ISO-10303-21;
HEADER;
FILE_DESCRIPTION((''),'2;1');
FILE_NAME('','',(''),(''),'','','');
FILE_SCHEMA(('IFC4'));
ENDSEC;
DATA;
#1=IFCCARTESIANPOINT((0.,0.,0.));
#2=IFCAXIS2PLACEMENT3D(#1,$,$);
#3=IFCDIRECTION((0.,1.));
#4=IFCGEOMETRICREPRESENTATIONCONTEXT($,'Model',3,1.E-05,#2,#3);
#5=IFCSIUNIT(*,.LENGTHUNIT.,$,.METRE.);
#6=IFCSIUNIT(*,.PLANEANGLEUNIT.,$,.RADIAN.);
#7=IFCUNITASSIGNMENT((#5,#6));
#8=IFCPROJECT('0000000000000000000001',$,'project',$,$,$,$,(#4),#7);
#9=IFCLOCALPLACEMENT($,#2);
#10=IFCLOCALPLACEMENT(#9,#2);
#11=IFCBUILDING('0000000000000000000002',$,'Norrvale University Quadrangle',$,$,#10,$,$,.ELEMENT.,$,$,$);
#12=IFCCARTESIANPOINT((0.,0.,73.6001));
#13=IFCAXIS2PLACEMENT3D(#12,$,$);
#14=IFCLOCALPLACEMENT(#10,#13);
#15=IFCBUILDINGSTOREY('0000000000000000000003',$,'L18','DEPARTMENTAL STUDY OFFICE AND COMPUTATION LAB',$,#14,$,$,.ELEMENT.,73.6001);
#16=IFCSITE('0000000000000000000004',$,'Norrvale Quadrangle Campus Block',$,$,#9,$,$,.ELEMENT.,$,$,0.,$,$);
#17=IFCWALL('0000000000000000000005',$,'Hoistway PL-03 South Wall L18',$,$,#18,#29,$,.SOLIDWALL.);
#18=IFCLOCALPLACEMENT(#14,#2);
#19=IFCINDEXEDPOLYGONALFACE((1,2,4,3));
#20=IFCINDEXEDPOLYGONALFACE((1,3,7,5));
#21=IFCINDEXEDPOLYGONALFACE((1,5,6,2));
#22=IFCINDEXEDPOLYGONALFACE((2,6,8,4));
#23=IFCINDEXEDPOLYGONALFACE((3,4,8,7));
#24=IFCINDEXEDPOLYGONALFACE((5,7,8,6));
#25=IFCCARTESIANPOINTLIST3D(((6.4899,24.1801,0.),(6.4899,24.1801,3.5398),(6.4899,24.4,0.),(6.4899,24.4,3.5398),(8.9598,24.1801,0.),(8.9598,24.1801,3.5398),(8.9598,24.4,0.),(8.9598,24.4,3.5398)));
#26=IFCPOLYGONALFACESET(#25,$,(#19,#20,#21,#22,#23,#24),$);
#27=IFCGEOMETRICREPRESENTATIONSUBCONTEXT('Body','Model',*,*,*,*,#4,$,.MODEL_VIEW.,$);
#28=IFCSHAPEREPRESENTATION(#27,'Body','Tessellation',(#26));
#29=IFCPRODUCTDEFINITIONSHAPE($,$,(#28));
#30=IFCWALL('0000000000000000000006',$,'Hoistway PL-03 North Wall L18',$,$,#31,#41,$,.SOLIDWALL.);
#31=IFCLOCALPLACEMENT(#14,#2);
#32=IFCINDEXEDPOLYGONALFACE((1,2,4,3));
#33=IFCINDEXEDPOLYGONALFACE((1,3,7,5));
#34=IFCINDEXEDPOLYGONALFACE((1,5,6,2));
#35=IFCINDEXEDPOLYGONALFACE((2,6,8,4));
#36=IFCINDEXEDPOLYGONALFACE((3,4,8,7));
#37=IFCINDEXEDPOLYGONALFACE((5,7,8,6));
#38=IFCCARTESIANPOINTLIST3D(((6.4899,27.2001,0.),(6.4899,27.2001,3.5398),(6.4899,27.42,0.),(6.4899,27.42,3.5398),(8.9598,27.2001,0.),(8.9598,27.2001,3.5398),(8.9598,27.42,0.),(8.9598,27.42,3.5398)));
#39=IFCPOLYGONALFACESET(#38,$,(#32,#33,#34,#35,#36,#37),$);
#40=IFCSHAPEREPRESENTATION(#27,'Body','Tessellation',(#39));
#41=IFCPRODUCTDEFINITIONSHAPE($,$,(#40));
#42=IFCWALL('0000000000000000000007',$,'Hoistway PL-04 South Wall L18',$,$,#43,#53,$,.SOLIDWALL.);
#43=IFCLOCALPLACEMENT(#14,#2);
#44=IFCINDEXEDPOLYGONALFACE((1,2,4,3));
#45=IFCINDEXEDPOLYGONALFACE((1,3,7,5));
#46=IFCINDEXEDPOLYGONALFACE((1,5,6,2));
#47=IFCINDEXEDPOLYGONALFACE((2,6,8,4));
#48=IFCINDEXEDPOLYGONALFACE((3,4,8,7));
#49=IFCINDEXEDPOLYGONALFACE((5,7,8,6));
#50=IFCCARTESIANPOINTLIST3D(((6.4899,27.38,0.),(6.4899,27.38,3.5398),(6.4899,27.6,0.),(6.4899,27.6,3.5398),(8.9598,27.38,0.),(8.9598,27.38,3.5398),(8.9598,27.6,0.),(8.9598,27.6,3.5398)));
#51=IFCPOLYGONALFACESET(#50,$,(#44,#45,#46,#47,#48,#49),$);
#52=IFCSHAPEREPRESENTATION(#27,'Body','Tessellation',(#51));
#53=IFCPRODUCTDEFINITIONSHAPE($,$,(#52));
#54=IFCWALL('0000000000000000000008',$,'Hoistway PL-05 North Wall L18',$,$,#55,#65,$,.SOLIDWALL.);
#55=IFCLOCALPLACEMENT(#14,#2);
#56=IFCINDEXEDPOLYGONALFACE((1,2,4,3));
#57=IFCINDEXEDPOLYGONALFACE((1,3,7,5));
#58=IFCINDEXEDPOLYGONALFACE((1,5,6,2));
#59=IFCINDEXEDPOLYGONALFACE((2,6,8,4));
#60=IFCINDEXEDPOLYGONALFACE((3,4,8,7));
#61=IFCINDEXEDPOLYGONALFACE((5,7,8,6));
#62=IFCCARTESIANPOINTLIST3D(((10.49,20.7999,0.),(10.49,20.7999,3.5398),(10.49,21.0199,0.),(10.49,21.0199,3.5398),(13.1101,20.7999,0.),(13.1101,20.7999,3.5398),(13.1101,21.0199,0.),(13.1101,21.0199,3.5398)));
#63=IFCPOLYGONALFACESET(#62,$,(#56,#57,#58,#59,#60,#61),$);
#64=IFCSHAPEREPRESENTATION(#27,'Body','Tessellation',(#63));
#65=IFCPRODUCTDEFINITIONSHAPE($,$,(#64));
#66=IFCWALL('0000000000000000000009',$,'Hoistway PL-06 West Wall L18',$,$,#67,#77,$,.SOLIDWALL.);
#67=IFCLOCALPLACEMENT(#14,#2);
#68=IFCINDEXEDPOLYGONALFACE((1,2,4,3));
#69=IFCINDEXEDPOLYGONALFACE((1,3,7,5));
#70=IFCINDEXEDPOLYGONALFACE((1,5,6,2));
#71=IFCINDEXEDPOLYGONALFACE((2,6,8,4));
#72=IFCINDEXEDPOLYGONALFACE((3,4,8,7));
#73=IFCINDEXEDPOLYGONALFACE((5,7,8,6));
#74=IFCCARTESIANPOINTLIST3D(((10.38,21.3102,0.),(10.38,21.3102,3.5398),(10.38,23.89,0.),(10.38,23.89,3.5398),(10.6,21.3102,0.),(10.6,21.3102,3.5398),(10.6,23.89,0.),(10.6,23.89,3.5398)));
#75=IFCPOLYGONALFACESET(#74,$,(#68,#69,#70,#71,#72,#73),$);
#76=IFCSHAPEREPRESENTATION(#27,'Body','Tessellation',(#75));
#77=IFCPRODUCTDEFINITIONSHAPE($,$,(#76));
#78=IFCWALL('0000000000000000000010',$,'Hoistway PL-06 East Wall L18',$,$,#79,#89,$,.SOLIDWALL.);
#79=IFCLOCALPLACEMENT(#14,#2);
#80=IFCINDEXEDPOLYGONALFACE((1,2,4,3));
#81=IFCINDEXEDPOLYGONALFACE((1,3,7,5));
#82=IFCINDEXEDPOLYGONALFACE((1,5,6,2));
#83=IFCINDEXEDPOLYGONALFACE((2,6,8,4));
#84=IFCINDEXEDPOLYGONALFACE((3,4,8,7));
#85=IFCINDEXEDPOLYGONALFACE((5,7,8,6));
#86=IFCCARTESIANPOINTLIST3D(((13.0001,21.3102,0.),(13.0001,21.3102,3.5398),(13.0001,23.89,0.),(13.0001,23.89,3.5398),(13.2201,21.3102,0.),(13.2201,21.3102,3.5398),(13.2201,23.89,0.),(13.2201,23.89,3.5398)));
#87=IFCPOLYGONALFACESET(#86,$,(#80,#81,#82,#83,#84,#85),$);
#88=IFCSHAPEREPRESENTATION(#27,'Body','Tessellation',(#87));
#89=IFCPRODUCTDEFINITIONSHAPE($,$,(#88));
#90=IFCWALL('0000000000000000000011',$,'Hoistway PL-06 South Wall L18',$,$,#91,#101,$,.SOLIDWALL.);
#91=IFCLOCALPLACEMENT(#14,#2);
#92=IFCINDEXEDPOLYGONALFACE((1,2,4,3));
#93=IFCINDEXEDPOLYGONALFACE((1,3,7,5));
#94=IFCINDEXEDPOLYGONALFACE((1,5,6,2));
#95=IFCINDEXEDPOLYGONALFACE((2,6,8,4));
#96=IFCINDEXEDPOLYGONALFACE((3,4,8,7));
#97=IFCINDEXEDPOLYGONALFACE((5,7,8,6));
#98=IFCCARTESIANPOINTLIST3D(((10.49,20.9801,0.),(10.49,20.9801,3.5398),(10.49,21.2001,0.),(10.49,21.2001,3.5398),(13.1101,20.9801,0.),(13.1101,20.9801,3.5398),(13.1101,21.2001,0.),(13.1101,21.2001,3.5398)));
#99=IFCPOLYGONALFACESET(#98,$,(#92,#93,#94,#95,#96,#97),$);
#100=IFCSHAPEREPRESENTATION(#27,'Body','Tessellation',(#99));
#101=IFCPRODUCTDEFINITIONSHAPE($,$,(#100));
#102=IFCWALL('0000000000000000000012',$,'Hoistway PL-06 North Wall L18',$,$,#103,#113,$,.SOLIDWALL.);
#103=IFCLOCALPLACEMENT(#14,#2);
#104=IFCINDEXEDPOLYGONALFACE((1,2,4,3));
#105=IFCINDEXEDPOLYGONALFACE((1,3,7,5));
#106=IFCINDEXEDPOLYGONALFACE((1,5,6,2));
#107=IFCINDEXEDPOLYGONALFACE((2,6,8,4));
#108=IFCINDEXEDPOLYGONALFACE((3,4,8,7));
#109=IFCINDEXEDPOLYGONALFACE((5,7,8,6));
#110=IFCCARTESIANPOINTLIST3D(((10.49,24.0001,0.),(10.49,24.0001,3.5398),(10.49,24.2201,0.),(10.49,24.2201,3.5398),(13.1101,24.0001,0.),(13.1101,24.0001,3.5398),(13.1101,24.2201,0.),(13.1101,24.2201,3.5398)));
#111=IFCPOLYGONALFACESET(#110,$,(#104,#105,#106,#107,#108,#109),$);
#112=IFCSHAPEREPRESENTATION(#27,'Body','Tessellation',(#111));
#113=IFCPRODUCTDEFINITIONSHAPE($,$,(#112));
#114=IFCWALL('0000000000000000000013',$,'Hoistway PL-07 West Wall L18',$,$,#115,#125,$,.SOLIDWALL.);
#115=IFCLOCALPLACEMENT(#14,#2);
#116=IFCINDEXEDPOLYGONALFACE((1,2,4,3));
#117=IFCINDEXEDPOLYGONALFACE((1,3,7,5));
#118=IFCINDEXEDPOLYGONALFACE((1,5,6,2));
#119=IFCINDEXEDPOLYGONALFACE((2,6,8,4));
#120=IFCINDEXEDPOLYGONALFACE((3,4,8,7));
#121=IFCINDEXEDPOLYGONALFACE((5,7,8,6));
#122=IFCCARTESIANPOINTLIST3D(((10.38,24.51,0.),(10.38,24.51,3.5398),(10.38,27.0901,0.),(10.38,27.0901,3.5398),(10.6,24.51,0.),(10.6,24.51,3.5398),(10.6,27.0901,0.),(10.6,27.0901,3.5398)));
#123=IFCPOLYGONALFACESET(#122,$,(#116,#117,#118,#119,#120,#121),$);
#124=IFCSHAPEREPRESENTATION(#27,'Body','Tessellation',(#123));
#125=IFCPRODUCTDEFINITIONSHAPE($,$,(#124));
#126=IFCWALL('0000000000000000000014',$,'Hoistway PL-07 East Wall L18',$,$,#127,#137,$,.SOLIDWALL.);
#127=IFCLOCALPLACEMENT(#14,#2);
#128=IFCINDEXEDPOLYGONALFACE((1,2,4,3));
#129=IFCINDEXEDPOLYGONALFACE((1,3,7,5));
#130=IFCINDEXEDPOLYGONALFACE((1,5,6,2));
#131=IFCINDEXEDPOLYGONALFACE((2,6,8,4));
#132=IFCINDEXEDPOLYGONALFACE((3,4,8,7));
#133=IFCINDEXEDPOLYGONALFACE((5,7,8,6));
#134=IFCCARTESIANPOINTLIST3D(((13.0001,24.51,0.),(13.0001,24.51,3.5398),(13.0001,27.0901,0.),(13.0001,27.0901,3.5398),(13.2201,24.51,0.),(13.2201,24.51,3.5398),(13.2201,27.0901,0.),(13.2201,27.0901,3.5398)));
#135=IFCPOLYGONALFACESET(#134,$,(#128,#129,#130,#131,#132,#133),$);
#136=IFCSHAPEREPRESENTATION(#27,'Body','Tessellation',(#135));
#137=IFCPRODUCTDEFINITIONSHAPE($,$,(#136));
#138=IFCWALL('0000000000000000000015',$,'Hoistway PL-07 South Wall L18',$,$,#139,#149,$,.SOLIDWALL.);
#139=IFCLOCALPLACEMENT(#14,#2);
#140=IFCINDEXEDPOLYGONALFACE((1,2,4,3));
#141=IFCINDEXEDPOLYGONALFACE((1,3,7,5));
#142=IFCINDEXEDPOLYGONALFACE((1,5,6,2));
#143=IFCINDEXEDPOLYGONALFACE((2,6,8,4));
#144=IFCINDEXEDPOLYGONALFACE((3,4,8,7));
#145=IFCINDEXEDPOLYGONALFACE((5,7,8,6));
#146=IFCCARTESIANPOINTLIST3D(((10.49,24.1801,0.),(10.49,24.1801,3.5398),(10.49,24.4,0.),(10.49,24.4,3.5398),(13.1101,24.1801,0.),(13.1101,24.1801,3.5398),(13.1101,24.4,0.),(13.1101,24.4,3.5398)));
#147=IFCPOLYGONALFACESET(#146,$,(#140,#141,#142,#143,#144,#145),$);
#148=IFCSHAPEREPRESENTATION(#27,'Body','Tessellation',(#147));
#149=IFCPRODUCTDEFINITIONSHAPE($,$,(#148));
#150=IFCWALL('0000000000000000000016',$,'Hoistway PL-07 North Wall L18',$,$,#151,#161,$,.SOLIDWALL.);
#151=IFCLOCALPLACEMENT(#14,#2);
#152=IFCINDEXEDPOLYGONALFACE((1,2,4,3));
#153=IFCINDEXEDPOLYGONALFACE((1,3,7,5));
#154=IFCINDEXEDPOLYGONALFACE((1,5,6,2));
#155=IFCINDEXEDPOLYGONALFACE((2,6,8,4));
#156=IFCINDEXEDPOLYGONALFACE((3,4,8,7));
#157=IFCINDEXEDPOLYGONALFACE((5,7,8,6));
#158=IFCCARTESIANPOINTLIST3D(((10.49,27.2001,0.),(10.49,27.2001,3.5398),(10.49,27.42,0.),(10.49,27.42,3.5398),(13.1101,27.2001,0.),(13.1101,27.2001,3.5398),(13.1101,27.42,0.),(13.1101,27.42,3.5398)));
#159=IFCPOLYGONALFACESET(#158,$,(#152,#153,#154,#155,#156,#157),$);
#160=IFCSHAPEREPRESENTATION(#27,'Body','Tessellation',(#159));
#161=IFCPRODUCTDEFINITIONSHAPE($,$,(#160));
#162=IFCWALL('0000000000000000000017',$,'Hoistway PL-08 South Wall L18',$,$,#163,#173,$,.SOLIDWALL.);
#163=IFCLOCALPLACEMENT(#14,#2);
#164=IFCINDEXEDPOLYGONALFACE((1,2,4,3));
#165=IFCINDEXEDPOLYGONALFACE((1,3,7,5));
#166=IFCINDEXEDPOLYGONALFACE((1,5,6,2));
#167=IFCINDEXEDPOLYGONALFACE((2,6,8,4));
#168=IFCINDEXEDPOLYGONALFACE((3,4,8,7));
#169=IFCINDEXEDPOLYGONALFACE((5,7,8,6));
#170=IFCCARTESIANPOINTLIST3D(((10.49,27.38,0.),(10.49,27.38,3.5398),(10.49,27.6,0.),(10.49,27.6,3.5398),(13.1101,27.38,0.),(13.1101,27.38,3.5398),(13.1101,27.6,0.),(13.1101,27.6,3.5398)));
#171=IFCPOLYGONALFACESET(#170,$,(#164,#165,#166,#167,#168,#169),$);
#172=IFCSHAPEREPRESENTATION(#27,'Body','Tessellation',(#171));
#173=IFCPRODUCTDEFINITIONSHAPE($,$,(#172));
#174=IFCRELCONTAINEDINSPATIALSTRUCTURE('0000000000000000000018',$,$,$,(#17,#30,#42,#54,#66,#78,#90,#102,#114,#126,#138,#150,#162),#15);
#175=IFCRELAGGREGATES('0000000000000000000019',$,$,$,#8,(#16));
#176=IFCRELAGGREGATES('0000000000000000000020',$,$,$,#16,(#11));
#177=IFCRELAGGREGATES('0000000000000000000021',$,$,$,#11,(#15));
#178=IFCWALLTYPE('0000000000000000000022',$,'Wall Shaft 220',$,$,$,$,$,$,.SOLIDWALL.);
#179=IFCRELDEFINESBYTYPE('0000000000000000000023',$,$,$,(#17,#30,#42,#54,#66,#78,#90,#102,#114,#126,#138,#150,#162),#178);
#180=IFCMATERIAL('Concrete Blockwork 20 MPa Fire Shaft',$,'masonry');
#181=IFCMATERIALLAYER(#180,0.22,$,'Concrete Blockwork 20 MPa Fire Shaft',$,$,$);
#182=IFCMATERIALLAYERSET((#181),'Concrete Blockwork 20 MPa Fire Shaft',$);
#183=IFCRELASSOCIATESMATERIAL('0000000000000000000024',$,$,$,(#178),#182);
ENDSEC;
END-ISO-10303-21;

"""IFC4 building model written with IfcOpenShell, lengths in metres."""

from ifc_helpers import new_model, si_unit, direction, frame, frame_2d, origin, place, context, subcontext, project, spatial, rectangle, extrude, material, layer, layer_set, type_object, element, save


model = new_model("IFC4")

# Units and contexts
model_context = context("Model", 3, precision=1e-05, world=origin(), true_north=direction((0.0, 1.0)))
body_context = subcontext(model_context, "Body", "Model", "MODEL_VIEW")
ifc_project = project(units=[si_unit("LENGTHUNIT", "METRE"), si_unit("PLANEANGLEUNIT", "RADIAN")], contexts=[model_context])

# Site, building, storey
site_placement = place(None, origin())
site = spatial("IfcSite", under=ifc_project, at=site_placement, Name="Norrvale Quadrangle Campus Block", CompositionType="ELEMENT", RefElevation=0.0)
building_placement = place(site_placement, origin())
building = spatial("IfcBuilding", under=site, at=building_placement, Name="Norrvale University Quadrangle", CompositionType="ELEMENT")
storey_placement = place(building_placement, frame((0.0, 0.0, 73.6001)))
storey = spatial("IfcBuildingStorey", under=building, at=storey_placement, Name="L18", Description="DEPARTMENTAL STUDY OFFICE AND COMPUTATION LAB", CompositionType="ELEMENT", Elevation=73.6001)

# Shared definitions
ifc_material_1 = material(Name="Concrete Blockwork 20 MPa Fire Shaft", Category="masonry")
ifc_layer_1 = layer(ifc_material_1, 0.22, Name="Concrete Blockwork 20 MPa Fire Shaft")
ifc_layer_set_1 = layer_set([ifc_layer_1], Name="Concrete Blockwork 20 MPa Fire Shaft")
wall_type_1 = type_object("IfcWallType", Name="Wall Shaft 220", PredefinedType="SOLIDWALL", material=ifc_layer_set_1)

# Walls
for number, where, z_axis, x_axis, name in (
    (1, (6.49, 24.29, 0.0), (0.0, 0.0, 1.0), (1.0, 0.0, 0.0), "Hoistway PL-03 South Wall L18"),
    (2, (6.49, 27.3101, 0.0), (0.0, 0.0, 1.0), (1.0, 0.0, 0.0), "Hoistway PL-03 North Wall L18"),
    (3, (6.49, 27.49, 0.0), (0.0, 0.0, 1.0), (1.0, 0.0, 0.0), "Hoistway PL-04 South Wall L18"),
):
    element("IfcWall", number, at=place(storey_placement, frame(where, z_axis=z_axis, x_axis=x_axis)), inside=storey, type_object=wall_type_1, Name=name, PredefinedType="SOLIDWALL", context=body_context, shape_type="SweptSolid", body=[
        extrude(rectangle(XDim=2.47, YDim=0.22, at=frame_2d((1.2349, 0.0))), origin(), (0.0, 0.0, 1.0), 3.5398),
    ])
wall_1_placement = place(storey_placement, frame((10.49, 20.9099, 0.0), z_axis=(0.0, 0.0, 1.0), x_axis=(1.0, 0.0, 0.0)))
element("IfcWall", 4, at=wall_1_placement, inside=storey, type_object=wall_type_1, Name="Hoistway PL-05 North Wall L18", PredefinedType="SOLIDWALL", context=body_context, shape_type="SweptSolid", body=[
    extrude(rectangle(XDim=2.6201, YDim=0.22, at=frame_2d((1.3101, 0.0))), origin(), (0.0, 0.0, 1.0), 3.5398),
])
for number, where, z_axis, x_axis, name in (
    (5, (10.49, 21.3101, 0.0), (0.0, 0.0, 1.0), (0.0, 1.0, 0.0), "Hoistway PL-06 West Wall L18"),
    (6, (13.1101, 21.3101, 0.0), (0.0, 0.0, 1.0), (0.0, 1.0, 0.0), "Hoistway PL-06 East Wall L18"),
):
    element("IfcWall", number, at=place(storey_placement, frame(where, z_axis=z_axis, x_axis=x_axis)), inside=storey, type_object=wall_type_1, Name=name, PredefinedType="SOLIDWALL", context=body_context, shape_type="SweptSolid", body=[
        extrude(rectangle(XDim=2.5798, YDim=0.22, at=frame_2d((1.29, 0.0))), origin(), (0.0, 0.0, 1.0), 3.5398),
    ])
for number, where, z_axis, x_axis, name in (
    (7, (10.49, 21.0901, 0.0), (0.0, 0.0, 1.0), (1.0, 0.0, 0.0), "Hoistway PL-06 South Wall L18"),
    (8, (10.49, 24.1101, 0.0), (0.0, 0.0, 1.0), (1.0, 0.0, 0.0), "Hoistway PL-06 North Wall L18"),
):
    element("IfcWall", number, at=place(storey_placement, frame(where, z_axis=z_axis, x_axis=x_axis)), inside=storey, type_object=wall_type_1, Name=name, PredefinedType="SOLIDWALL", context=body_context, shape_type="SweptSolid", body=[
        extrude(rectangle(XDim=2.6201, YDim=0.22, at=frame_2d((1.3101, 0.0))), origin(), (0.0, 0.0, 1.0), 3.5398),
    ])
for number, where, z_axis, x_axis, name in (
    (9, (10.49, 24.51, 0.0), (0.0, 0.0, 1.0), (0.0, 1.0, 0.0), "Hoistway PL-07 West Wall L18"),
    (10, (13.1101, 24.51, 0.0), (0.0, 0.0, 1.0), (0.0, 1.0, 0.0), "Hoistway PL-07 East Wall L18"),
):
    element("IfcWall", number, at=place(storey_placement, frame(where, z_axis=z_axis, x_axis=x_axis)), inside=storey, type_object=wall_type_1, Name=name, PredefinedType="SOLIDWALL", context=body_context, shape_type="SweptSolid", body=[
        extrude(rectangle(XDim=2.5801, YDim=0.22, at=frame_2d((1.29, 0.0))), origin(), (0.0, 0.0, 1.0), 3.5398),
    ])
for number, where, z_axis, x_axis, name in (
    (11, (10.49, 24.29, 0.0), (0.0, 0.0, 1.0), (1.0, 0.0, 0.0), "Hoistway PL-07 South Wall L18"),
    (12, (10.49, 27.3101, 0.0), (0.0, 0.0, 1.0), (1.0, 0.0, 0.0), "Hoistway PL-07 North Wall L18"),
    (13, (10.49, 27.49, 0.0), (0.0, 0.0, 1.0), (1.0, 0.0, 0.0), "Hoistway PL-08 South Wall L18"),
):
    element("IfcWall", number, at=place(storey_placement, frame(where, z_axis=z_axis, x_axis=x_axis)), inside=storey, type_object=wall_type_1, Name=name, PredefinedType="SOLIDWALL", context=body_context, shape_type="SweptSolid", body=[
        extrude(rectangle(XDim=2.6201, YDim=0.22, at=frame_2d((1.3101, 0.0))), origin(), (0.0, 0.0, 1.0), 3.5398),
    ])

save(model, "model.ifc")
